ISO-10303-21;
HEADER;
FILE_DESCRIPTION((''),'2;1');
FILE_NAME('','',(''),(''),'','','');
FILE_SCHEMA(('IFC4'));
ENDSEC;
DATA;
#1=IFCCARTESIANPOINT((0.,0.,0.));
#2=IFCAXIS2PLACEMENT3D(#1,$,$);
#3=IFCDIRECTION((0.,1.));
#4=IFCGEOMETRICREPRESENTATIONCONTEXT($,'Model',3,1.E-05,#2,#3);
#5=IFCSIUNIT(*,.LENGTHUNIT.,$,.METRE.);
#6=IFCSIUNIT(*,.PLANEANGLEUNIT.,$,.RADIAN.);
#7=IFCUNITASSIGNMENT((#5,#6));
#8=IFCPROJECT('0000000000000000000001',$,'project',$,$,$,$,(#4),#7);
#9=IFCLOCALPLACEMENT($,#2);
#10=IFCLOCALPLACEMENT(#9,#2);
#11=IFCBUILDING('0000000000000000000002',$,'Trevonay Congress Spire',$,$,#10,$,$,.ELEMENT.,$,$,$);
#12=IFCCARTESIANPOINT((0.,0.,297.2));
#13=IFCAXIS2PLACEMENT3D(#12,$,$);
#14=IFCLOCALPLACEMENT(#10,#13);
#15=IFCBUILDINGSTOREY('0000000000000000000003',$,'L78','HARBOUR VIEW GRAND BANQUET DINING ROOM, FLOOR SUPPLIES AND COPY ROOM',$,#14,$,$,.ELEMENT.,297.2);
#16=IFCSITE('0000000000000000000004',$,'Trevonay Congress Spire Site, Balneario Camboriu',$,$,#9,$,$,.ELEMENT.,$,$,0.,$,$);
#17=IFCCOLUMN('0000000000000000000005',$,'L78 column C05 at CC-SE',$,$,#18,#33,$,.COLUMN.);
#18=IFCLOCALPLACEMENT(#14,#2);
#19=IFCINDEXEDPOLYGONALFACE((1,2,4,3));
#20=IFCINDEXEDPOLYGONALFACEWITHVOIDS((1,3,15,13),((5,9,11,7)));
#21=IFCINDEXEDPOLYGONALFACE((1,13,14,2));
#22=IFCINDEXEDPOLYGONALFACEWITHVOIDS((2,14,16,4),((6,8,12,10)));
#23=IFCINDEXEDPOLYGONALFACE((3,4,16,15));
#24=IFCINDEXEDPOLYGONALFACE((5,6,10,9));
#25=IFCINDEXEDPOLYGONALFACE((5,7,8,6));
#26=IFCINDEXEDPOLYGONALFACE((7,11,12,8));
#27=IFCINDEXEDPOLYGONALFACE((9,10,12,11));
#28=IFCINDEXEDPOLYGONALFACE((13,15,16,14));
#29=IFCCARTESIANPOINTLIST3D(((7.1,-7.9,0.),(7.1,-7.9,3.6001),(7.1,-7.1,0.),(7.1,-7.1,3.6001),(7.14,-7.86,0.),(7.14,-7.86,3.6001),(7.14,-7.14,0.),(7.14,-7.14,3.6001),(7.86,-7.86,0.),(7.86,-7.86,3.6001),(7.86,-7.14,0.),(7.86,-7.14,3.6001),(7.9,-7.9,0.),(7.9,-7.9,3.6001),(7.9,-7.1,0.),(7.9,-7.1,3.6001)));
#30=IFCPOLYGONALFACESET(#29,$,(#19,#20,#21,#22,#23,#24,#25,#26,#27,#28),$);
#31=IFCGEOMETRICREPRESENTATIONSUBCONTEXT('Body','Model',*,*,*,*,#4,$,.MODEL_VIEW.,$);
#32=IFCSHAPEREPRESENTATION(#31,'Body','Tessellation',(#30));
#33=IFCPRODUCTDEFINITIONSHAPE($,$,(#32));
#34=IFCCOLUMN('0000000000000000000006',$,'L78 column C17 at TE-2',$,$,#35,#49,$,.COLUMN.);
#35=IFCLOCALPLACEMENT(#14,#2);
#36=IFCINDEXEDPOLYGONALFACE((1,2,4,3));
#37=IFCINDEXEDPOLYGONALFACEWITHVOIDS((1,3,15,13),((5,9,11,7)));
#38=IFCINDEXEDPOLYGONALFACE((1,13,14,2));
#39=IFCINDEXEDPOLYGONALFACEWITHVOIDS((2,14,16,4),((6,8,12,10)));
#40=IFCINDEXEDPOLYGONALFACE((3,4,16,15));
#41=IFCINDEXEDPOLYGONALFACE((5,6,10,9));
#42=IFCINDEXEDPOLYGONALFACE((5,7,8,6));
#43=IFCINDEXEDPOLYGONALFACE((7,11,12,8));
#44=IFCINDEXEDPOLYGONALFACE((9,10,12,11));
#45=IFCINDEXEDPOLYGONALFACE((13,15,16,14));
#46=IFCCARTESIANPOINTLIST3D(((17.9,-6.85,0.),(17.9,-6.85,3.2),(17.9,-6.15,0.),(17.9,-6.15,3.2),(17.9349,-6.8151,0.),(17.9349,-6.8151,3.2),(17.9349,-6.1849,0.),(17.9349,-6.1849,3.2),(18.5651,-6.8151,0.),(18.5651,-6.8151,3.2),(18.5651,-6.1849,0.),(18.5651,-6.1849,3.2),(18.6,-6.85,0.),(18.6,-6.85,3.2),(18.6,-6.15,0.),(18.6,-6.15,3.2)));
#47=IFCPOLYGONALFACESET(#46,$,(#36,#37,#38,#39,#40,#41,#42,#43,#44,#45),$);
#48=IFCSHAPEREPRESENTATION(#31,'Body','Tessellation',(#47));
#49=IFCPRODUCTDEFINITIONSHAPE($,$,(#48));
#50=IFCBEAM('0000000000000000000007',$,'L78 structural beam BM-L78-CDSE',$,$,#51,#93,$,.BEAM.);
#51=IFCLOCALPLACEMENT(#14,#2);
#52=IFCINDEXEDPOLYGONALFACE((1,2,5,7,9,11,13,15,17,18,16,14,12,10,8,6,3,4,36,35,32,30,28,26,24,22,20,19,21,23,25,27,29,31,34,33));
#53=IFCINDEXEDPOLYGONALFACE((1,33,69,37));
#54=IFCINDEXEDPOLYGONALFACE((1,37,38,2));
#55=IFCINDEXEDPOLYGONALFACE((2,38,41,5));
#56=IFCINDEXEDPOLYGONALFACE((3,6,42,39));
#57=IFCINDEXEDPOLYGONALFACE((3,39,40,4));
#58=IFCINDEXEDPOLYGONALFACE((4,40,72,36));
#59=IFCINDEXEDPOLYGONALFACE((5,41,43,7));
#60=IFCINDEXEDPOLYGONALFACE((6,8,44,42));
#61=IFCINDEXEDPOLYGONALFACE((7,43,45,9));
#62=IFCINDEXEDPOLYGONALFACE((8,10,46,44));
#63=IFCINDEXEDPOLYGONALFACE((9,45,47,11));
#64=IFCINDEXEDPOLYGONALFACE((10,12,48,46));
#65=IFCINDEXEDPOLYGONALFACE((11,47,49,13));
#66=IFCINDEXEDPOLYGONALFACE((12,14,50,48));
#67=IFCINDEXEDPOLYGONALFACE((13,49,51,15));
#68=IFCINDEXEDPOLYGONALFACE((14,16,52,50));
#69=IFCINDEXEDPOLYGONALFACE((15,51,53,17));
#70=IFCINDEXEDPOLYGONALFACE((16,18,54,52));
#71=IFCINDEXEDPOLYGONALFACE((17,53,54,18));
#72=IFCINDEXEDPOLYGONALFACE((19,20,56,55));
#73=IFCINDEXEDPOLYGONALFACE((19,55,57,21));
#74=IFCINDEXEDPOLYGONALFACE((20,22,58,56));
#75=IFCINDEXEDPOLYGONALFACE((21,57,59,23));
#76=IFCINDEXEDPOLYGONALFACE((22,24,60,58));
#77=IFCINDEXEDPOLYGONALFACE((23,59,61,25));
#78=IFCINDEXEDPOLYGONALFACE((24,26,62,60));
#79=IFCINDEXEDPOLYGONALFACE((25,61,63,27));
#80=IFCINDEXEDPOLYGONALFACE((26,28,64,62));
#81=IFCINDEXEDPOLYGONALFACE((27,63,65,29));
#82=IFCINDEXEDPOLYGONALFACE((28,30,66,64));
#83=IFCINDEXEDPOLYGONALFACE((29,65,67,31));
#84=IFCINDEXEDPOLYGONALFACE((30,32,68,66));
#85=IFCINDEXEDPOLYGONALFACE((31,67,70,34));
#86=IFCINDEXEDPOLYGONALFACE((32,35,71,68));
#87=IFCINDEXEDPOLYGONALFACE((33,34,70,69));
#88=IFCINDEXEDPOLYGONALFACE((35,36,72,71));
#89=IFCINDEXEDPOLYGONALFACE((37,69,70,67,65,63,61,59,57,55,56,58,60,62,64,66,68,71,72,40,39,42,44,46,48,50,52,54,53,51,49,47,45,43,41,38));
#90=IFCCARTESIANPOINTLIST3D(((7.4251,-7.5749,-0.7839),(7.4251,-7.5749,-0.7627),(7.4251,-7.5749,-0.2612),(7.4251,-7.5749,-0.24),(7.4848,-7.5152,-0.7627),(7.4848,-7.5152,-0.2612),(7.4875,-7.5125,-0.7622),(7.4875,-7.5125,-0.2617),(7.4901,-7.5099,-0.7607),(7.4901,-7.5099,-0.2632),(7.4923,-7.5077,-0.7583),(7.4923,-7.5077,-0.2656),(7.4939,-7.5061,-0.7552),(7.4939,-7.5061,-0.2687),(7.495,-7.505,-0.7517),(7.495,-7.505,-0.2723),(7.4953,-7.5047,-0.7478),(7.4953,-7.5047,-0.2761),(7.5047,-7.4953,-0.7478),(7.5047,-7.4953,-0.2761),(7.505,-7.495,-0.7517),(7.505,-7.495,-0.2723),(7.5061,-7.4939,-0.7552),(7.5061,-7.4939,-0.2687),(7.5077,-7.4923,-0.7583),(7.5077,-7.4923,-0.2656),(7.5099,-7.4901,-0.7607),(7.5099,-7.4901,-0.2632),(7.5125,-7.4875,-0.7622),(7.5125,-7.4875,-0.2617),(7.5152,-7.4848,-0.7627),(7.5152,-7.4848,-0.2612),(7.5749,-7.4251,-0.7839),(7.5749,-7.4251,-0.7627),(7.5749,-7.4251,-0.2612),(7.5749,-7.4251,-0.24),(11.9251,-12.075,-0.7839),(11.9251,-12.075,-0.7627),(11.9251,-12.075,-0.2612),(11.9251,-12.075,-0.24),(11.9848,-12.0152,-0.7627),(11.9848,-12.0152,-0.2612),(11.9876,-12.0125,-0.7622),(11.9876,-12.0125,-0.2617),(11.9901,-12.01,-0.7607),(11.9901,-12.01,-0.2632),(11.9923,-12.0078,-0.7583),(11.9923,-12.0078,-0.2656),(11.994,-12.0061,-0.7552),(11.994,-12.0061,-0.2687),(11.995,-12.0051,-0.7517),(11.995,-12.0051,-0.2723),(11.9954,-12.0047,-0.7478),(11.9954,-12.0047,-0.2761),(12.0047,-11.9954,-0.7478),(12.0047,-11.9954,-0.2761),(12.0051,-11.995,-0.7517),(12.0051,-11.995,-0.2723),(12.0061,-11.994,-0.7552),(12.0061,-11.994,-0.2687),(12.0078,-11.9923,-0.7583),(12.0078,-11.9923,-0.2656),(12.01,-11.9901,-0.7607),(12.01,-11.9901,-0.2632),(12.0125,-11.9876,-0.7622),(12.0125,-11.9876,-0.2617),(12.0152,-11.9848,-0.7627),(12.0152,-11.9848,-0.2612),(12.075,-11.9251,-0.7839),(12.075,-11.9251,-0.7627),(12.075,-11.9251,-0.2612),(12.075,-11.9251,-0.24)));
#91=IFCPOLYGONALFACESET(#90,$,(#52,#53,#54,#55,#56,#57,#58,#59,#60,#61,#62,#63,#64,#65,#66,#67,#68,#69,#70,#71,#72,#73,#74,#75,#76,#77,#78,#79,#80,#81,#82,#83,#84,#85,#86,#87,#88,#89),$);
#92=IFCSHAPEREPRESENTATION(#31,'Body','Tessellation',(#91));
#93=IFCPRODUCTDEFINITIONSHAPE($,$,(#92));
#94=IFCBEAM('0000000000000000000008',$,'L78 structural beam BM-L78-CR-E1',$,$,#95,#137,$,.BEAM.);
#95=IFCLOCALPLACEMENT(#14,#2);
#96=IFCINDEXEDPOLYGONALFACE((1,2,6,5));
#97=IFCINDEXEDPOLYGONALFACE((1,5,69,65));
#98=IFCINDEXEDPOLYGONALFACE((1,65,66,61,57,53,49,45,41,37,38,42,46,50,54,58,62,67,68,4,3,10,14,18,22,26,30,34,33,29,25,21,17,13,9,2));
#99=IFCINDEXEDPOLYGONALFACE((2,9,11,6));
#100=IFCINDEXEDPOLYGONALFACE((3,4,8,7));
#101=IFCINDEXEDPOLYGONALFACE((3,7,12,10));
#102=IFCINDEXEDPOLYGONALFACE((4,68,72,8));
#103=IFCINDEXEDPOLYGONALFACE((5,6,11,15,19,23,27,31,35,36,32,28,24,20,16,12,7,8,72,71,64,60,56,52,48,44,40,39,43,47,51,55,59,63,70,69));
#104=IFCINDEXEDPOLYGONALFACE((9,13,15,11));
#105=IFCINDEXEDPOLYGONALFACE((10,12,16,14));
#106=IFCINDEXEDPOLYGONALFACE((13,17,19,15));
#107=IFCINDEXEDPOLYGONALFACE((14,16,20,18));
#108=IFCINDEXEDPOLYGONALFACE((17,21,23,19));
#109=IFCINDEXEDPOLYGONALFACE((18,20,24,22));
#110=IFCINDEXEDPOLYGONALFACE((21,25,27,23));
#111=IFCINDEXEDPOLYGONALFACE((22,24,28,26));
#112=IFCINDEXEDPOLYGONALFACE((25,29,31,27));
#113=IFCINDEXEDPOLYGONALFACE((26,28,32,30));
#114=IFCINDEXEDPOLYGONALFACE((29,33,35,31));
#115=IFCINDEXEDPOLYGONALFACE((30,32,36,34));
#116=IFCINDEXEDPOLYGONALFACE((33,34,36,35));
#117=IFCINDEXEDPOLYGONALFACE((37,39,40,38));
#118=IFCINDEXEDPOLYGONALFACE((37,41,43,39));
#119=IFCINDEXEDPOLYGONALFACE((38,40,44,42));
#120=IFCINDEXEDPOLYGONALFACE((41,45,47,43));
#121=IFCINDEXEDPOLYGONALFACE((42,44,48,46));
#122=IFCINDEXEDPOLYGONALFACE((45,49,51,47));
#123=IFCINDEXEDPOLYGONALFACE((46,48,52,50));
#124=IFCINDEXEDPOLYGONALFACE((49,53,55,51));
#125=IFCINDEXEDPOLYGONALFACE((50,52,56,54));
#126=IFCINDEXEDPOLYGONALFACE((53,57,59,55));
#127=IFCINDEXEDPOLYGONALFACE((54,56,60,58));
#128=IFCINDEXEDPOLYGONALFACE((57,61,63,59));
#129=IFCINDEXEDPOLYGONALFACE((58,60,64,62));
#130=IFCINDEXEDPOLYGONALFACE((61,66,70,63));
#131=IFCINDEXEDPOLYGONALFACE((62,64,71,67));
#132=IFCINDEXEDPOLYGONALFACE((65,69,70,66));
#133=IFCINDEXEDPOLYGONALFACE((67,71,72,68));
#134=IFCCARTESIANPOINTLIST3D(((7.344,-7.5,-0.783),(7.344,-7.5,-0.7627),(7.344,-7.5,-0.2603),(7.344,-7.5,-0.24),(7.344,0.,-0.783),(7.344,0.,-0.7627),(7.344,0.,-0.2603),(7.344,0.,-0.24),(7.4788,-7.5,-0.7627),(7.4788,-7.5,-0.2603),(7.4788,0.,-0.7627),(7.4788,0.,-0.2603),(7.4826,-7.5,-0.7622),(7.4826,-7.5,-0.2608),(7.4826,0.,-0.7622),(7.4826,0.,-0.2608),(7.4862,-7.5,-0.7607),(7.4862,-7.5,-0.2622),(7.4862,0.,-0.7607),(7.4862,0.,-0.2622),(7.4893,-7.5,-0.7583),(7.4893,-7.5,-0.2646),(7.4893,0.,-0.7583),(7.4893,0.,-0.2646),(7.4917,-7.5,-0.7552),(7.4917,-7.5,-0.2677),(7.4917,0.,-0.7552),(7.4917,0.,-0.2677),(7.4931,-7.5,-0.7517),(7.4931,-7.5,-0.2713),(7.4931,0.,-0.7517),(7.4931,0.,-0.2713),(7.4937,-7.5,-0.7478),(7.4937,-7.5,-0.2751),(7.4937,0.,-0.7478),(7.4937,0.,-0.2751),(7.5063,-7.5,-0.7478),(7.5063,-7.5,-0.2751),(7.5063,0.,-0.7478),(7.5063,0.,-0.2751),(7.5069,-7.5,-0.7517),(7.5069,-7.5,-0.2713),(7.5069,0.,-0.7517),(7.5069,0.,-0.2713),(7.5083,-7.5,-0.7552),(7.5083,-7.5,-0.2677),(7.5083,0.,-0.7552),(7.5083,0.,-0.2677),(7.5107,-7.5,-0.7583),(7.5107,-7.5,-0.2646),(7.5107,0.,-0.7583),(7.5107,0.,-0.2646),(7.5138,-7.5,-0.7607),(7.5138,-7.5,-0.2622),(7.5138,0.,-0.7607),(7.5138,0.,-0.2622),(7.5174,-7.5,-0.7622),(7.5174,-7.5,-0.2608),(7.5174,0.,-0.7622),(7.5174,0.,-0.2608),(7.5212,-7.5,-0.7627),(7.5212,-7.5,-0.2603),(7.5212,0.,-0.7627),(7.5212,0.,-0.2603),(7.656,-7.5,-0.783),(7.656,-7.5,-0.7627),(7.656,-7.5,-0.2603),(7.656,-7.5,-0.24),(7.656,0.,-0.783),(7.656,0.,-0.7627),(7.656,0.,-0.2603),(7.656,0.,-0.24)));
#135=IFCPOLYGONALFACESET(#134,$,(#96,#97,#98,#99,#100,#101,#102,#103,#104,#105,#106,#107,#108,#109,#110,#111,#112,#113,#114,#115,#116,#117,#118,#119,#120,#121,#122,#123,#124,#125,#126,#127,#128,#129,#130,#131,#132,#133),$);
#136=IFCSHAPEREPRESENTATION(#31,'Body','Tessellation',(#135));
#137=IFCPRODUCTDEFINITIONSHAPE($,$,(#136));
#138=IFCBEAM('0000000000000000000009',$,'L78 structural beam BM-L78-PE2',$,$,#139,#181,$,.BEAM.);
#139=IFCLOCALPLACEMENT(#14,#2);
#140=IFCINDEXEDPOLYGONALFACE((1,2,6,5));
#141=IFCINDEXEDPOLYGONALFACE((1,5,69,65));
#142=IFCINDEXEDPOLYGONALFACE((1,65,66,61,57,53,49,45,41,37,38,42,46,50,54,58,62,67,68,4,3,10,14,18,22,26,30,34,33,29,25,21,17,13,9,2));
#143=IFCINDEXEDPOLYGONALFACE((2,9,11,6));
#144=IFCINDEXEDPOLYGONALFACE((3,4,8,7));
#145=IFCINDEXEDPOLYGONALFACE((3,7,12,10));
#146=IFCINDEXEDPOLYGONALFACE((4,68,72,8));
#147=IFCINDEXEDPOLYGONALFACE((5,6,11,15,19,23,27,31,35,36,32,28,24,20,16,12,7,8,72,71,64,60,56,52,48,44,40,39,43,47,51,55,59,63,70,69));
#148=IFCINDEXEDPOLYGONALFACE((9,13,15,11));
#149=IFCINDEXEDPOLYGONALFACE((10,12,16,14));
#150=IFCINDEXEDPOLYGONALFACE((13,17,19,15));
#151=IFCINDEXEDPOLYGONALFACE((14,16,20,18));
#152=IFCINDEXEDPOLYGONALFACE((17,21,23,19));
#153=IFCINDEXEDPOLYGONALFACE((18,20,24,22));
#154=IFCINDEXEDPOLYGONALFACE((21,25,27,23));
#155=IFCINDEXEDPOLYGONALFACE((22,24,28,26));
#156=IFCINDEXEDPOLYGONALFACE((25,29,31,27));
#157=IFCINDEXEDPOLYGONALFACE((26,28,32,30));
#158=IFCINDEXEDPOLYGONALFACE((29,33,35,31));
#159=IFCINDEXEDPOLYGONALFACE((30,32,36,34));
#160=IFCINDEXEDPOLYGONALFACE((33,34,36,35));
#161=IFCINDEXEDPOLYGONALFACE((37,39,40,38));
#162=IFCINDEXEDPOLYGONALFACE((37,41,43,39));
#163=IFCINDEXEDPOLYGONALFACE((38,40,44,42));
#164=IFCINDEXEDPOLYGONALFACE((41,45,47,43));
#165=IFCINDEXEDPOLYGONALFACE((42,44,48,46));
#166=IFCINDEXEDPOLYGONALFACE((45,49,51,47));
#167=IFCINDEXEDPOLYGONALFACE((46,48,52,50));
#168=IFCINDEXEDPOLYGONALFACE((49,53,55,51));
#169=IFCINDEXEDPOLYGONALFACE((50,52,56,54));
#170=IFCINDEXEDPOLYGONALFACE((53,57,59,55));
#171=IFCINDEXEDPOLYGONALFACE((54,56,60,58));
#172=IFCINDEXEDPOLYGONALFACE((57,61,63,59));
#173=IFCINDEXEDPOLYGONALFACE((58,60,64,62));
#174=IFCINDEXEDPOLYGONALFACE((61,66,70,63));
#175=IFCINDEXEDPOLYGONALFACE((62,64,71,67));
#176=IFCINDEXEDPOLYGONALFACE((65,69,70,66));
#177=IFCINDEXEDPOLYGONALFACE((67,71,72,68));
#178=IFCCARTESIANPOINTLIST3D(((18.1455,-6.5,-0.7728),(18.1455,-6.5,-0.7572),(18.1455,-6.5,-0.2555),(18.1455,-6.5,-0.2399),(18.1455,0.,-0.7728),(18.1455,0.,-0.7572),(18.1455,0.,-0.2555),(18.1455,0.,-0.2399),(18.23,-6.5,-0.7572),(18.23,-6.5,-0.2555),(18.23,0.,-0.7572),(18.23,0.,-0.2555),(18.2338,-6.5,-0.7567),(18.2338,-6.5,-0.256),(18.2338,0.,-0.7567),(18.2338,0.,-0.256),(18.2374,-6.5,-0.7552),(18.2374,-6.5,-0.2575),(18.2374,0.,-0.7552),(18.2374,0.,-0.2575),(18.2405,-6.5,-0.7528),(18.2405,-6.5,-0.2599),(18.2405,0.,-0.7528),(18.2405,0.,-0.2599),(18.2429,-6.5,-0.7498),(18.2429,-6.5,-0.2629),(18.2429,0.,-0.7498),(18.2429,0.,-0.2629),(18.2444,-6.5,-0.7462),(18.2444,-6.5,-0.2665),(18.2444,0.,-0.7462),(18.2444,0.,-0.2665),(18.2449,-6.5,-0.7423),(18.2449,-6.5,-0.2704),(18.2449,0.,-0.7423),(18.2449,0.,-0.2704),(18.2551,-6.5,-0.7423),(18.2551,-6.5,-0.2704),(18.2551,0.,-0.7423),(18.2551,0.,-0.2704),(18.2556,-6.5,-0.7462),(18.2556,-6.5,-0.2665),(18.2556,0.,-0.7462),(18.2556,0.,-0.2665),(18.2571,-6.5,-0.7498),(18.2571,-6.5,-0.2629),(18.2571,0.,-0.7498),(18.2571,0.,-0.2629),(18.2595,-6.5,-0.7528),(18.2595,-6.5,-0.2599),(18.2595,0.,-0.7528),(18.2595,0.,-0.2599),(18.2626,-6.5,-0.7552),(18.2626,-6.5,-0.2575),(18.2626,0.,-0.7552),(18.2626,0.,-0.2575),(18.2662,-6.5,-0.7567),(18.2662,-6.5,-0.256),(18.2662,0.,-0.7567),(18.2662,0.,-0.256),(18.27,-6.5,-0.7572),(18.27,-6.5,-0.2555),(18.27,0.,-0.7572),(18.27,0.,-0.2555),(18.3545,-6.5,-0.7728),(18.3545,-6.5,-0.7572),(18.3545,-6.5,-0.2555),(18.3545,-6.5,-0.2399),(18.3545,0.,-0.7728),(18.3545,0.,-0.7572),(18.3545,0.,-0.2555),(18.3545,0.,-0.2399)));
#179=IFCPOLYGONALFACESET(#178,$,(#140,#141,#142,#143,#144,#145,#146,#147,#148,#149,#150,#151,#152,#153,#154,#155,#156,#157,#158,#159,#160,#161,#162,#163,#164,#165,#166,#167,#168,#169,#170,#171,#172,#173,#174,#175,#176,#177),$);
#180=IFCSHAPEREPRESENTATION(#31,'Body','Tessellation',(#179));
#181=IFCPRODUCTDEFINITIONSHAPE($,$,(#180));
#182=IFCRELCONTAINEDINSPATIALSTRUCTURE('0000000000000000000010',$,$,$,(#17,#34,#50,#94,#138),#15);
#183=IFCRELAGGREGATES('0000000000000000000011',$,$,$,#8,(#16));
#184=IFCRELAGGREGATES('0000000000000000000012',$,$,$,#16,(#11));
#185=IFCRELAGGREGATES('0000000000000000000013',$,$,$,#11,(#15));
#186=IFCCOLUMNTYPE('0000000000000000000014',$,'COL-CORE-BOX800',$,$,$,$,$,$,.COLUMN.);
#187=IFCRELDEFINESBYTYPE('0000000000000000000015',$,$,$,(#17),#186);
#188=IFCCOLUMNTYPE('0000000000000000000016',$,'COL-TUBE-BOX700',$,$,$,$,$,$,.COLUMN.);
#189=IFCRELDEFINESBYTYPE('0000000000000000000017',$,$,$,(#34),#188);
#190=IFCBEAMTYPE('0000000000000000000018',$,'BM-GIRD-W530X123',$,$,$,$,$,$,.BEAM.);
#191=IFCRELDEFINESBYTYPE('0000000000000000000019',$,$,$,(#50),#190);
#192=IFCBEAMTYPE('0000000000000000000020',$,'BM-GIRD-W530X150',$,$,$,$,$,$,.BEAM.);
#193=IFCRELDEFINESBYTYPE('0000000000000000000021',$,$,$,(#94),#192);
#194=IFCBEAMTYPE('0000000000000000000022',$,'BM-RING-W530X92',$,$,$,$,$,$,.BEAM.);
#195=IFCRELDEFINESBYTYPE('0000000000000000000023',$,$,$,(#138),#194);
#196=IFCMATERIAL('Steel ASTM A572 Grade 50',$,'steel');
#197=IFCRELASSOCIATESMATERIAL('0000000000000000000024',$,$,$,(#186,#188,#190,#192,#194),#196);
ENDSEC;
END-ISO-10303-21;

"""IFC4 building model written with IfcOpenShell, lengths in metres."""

from ifc_helpers import new_model, si_unit, direction, frame, origin, origin_2d, place, context, subcontext, project, spatial, hollow_rectangle, i_section, extrude, material, material_profile, profile_set, type_object, element, save


model = new_model("IFC4")

# Units and contexts
model_context = context("Model", 3, precision=1e-05, world=origin(), true_north=direction((0.0, 1.0)))
body_context = subcontext(model_context, "Body", "Model", "MODEL_VIEW")
ifc_project = project(units=[si_unit("LENGTHUNIT", "METRE"), si_unit("PLANEANGLEUNIT", "RADIAN")], contexts=[model_context])

# Site, building, storey
site_placement = place(None, origin())
site = spatial("IfcSite", under=ifc_project, at=site_placement, Name="Trevonay Congress Spire Site, Balneario Camboriu", CompositionType="ELEMENT", RefElevation=0.0)
building_placement = place(site_placement, origin())
building = spatial("IfcBuilding", under=site, at=building_placement, Name="Trevonay Congress Spire", CompositionType="ELEMENT")
storey_placement = place(building_placement, frame((0.0, 0.0, 297.2)))
storey = spatial("IfcBuildingStorey", under=building, at=storey_placement, Name="L78", Description="HARBOUR VIEW GRAND BANQUET DINING ROOM, FLOOR SUPPLIES AND COPY ROOM", CompositionType="ELEMENT", Elevation=297.2)

# Columns
ifc_material_1 = material(Name="Steel ASTM A572 Grade 50", Category="steel")
ifc_material_profile_1 = material_profile(ifc_material_1, hollow_rectangle(XDim=0.8, YDim=0.8, WallThickness=0.04, at=origin_2d()), Name="BOX 800x800x40")
ifc_profile_set_1 = profile_set([ifc_material_profile_1], Name="Steel ASTM A572 Grade 50")
column_type_1 = type_object("IfcColumnType", Name="COL-CORE-BOX800", PredefinedType="COLUMN", material=ifc_profile_set_1)
column_1_placement = place(storey_placement, frame((7.5, -7.5, 0.0), z_axis=(0.0, 0.0, 1.0), x_axis=(1.0, 0.0, 0.0)))
element("IfcColumn", 1, at=column_1_placement, inside=storey, type_object=column_type_1, Name="L78 column C05 at CC-SE", PredefinedType="COLUMN", context=body_context, shape_type="SweptSolid", body=[
    extrude(hollow_rectangle(XDim=0.8, YDim=0.8, WallThickness=0.04, at=origin_2d()), origin(), (0.0, 0.0, 1.0), 3.6001),
])
ifc_material_profile_2 = material_profile(ifc_material_1, hollow_rectangle(XDim=0.7, YDim=0.7, WallThickness=0.0349, at=origin_2d()), Name="BOX 700x700x35")
ifc_profile_set_2 = profile_set([ifc_material_profile_2], Name="Steel ASTM A572 Grade 50")
column_type_2 = type_object("IfcColumnType", Name="COL-TUBE-BOX700", PredefinedType="COLUMN", material=ifc_profile_set_2)
column_2_placement = place(storey_placement, frame((18.25, -6.5, 0.0), z_axis=(0.0, 0.0, 1.0), x_axis=(1.0, 0.0, 0.0)))
element("IfcColumn", 2, at=column_2_placement, inside=storey, type_object=column_type_2, Name="L78 column C17 at TE-2", PredefinedType="COLUMN", context=body_context, shape_type="SweptSolid", body=[
    extrude(hollow_rectangle(XDim=0.7, YDim=0.7, WallThickness=0.0349, at=origin_2d()), origin(), (0.0, 0.0, 1.0), 3.2),
])

# Beams
ifc_material_profile_3 = material_profile(ifc_material_1, i_section(OverallWidth=0.2119, OverallDepth=0.5439, WebThickness=0.0132, FlangeThickness=0.0212, FilletRadius=0.0149, at=origin_2d()), Name="W530x123")
ifc_profile_set_3 = profile_set([ifc_material_profile_3], Name="Steel ASTM A572 Grade 50")
beam_type_1 = type_object("IfcBeamType", Name="BM-GIRD-W530X123", PredefinedType="BEAM", material=ifc_profile_set_3)
beam_1_placement = place(storey_placement, frame((7.5, -7.5, -0.512), z_axis=(0.707107, -0.707107, 0.0), x_axis=(0.707107, 0.707107, 0.0)))
element("IfcBeam", 3, at=beam_1_placement, inside=storey, type_object=beam_type_1, Name="L78 structural beam BM-L78-CDSE", PredefinedType="BEAM", context=body_context, shape_type="SweptSolid", body=[
    extrude(i_section(OverallWidth=0.2119, OverallDepth=0.5439, WebThickness=0.0132, FlangeThickness=0.0212, FilletRadius=0.0149, at=origin_2d()), origin(), (0.0, 0.0, 1.0), 6.364),
])
ifc_material_profile_4 = material_profile(ifc_material_1, i_section(OverallWidth=0.312, OverallDepth=0.543, WebThickness=0.0127, FlangeThickness=0.0203, FilletRadius=0.0149, at=origin_2d()), Name="W530x150")
ifc_profile_set_4 = profile_set([ifc_material_profile_4], Name="Steel ASTM A572 Grade 50")
beam_type_2 = type_object("IfcBeamType", Name="BM-GIRD-W530X150", PredefinedType="BEAM", material=ifc_profile_set_4)
beam_2_placement = place(storey_placement, frame((7.5, -7.5, -0.5115), z_axis=(0.0, 1.0, 0.0), x_axis=(-1.0, 0.0, 0.0)))
element("IfcBeam", 4, at=beam_2_placement, inside=storey, type_object=beam_type_2, Name="L78 structural beam BM-L78-CR-E1", PredefinedType="BEAM", context=body_context, shape_type="SweptSolid", body=[
    extrude(i_section(OverallWidth=0.312, OverallDepth=0.543, WebThickness=0.0127, FlangeThickness=0.0203, FilletRadius=0.0149, at=origin_2d()), origin(), (0.0, 0.0, 1.0), 7.5),
])
ifc_material_profile_5 = material_profile(ifc_material_1, i_section(OverallWidth=0.209, OverallDepth=0.533, WebThickness=0.0103, FlangeThickness=0.0156, FilletRadius=0.0149, at=origin_2d()), Name="W530x92")
ifc_profile_set_5 = profile_set([ifc_material_profile_5], Name="Steel ASTM A572 Grade 50")
beam_type_3 = type_object("IfcBeamType", Name="BM-RING-W530X92", PredefinedType="BEAM", material=ifc_profile_set_5)
beam_3_placement = place(storey_placement, frame((18.25, -6.5, -0.5063), z_axis=(0.0, 1.0, 0.0), x_axis=(-1.0, 0.0, 0.0)))
element("IfcBeam", 5, at=beam_3_placement, inside=storey, type_object=beam_type_3, Name="L78 structural beam BM-L78-PE2", PredefinedType="BEAM", context=body_context, shape_type="SweptSolid", body=[
    extrude(i_section(OverallWidth=0.209, OverallDepth=0.533, WebThickness=0.0103, FlangeThickness=0.0156, FilletRadius=0.0149, at=origin_2d()), origin(), (0.0, 0.0, 1.0), 6.5),
])

save(model, "model.ifc")
